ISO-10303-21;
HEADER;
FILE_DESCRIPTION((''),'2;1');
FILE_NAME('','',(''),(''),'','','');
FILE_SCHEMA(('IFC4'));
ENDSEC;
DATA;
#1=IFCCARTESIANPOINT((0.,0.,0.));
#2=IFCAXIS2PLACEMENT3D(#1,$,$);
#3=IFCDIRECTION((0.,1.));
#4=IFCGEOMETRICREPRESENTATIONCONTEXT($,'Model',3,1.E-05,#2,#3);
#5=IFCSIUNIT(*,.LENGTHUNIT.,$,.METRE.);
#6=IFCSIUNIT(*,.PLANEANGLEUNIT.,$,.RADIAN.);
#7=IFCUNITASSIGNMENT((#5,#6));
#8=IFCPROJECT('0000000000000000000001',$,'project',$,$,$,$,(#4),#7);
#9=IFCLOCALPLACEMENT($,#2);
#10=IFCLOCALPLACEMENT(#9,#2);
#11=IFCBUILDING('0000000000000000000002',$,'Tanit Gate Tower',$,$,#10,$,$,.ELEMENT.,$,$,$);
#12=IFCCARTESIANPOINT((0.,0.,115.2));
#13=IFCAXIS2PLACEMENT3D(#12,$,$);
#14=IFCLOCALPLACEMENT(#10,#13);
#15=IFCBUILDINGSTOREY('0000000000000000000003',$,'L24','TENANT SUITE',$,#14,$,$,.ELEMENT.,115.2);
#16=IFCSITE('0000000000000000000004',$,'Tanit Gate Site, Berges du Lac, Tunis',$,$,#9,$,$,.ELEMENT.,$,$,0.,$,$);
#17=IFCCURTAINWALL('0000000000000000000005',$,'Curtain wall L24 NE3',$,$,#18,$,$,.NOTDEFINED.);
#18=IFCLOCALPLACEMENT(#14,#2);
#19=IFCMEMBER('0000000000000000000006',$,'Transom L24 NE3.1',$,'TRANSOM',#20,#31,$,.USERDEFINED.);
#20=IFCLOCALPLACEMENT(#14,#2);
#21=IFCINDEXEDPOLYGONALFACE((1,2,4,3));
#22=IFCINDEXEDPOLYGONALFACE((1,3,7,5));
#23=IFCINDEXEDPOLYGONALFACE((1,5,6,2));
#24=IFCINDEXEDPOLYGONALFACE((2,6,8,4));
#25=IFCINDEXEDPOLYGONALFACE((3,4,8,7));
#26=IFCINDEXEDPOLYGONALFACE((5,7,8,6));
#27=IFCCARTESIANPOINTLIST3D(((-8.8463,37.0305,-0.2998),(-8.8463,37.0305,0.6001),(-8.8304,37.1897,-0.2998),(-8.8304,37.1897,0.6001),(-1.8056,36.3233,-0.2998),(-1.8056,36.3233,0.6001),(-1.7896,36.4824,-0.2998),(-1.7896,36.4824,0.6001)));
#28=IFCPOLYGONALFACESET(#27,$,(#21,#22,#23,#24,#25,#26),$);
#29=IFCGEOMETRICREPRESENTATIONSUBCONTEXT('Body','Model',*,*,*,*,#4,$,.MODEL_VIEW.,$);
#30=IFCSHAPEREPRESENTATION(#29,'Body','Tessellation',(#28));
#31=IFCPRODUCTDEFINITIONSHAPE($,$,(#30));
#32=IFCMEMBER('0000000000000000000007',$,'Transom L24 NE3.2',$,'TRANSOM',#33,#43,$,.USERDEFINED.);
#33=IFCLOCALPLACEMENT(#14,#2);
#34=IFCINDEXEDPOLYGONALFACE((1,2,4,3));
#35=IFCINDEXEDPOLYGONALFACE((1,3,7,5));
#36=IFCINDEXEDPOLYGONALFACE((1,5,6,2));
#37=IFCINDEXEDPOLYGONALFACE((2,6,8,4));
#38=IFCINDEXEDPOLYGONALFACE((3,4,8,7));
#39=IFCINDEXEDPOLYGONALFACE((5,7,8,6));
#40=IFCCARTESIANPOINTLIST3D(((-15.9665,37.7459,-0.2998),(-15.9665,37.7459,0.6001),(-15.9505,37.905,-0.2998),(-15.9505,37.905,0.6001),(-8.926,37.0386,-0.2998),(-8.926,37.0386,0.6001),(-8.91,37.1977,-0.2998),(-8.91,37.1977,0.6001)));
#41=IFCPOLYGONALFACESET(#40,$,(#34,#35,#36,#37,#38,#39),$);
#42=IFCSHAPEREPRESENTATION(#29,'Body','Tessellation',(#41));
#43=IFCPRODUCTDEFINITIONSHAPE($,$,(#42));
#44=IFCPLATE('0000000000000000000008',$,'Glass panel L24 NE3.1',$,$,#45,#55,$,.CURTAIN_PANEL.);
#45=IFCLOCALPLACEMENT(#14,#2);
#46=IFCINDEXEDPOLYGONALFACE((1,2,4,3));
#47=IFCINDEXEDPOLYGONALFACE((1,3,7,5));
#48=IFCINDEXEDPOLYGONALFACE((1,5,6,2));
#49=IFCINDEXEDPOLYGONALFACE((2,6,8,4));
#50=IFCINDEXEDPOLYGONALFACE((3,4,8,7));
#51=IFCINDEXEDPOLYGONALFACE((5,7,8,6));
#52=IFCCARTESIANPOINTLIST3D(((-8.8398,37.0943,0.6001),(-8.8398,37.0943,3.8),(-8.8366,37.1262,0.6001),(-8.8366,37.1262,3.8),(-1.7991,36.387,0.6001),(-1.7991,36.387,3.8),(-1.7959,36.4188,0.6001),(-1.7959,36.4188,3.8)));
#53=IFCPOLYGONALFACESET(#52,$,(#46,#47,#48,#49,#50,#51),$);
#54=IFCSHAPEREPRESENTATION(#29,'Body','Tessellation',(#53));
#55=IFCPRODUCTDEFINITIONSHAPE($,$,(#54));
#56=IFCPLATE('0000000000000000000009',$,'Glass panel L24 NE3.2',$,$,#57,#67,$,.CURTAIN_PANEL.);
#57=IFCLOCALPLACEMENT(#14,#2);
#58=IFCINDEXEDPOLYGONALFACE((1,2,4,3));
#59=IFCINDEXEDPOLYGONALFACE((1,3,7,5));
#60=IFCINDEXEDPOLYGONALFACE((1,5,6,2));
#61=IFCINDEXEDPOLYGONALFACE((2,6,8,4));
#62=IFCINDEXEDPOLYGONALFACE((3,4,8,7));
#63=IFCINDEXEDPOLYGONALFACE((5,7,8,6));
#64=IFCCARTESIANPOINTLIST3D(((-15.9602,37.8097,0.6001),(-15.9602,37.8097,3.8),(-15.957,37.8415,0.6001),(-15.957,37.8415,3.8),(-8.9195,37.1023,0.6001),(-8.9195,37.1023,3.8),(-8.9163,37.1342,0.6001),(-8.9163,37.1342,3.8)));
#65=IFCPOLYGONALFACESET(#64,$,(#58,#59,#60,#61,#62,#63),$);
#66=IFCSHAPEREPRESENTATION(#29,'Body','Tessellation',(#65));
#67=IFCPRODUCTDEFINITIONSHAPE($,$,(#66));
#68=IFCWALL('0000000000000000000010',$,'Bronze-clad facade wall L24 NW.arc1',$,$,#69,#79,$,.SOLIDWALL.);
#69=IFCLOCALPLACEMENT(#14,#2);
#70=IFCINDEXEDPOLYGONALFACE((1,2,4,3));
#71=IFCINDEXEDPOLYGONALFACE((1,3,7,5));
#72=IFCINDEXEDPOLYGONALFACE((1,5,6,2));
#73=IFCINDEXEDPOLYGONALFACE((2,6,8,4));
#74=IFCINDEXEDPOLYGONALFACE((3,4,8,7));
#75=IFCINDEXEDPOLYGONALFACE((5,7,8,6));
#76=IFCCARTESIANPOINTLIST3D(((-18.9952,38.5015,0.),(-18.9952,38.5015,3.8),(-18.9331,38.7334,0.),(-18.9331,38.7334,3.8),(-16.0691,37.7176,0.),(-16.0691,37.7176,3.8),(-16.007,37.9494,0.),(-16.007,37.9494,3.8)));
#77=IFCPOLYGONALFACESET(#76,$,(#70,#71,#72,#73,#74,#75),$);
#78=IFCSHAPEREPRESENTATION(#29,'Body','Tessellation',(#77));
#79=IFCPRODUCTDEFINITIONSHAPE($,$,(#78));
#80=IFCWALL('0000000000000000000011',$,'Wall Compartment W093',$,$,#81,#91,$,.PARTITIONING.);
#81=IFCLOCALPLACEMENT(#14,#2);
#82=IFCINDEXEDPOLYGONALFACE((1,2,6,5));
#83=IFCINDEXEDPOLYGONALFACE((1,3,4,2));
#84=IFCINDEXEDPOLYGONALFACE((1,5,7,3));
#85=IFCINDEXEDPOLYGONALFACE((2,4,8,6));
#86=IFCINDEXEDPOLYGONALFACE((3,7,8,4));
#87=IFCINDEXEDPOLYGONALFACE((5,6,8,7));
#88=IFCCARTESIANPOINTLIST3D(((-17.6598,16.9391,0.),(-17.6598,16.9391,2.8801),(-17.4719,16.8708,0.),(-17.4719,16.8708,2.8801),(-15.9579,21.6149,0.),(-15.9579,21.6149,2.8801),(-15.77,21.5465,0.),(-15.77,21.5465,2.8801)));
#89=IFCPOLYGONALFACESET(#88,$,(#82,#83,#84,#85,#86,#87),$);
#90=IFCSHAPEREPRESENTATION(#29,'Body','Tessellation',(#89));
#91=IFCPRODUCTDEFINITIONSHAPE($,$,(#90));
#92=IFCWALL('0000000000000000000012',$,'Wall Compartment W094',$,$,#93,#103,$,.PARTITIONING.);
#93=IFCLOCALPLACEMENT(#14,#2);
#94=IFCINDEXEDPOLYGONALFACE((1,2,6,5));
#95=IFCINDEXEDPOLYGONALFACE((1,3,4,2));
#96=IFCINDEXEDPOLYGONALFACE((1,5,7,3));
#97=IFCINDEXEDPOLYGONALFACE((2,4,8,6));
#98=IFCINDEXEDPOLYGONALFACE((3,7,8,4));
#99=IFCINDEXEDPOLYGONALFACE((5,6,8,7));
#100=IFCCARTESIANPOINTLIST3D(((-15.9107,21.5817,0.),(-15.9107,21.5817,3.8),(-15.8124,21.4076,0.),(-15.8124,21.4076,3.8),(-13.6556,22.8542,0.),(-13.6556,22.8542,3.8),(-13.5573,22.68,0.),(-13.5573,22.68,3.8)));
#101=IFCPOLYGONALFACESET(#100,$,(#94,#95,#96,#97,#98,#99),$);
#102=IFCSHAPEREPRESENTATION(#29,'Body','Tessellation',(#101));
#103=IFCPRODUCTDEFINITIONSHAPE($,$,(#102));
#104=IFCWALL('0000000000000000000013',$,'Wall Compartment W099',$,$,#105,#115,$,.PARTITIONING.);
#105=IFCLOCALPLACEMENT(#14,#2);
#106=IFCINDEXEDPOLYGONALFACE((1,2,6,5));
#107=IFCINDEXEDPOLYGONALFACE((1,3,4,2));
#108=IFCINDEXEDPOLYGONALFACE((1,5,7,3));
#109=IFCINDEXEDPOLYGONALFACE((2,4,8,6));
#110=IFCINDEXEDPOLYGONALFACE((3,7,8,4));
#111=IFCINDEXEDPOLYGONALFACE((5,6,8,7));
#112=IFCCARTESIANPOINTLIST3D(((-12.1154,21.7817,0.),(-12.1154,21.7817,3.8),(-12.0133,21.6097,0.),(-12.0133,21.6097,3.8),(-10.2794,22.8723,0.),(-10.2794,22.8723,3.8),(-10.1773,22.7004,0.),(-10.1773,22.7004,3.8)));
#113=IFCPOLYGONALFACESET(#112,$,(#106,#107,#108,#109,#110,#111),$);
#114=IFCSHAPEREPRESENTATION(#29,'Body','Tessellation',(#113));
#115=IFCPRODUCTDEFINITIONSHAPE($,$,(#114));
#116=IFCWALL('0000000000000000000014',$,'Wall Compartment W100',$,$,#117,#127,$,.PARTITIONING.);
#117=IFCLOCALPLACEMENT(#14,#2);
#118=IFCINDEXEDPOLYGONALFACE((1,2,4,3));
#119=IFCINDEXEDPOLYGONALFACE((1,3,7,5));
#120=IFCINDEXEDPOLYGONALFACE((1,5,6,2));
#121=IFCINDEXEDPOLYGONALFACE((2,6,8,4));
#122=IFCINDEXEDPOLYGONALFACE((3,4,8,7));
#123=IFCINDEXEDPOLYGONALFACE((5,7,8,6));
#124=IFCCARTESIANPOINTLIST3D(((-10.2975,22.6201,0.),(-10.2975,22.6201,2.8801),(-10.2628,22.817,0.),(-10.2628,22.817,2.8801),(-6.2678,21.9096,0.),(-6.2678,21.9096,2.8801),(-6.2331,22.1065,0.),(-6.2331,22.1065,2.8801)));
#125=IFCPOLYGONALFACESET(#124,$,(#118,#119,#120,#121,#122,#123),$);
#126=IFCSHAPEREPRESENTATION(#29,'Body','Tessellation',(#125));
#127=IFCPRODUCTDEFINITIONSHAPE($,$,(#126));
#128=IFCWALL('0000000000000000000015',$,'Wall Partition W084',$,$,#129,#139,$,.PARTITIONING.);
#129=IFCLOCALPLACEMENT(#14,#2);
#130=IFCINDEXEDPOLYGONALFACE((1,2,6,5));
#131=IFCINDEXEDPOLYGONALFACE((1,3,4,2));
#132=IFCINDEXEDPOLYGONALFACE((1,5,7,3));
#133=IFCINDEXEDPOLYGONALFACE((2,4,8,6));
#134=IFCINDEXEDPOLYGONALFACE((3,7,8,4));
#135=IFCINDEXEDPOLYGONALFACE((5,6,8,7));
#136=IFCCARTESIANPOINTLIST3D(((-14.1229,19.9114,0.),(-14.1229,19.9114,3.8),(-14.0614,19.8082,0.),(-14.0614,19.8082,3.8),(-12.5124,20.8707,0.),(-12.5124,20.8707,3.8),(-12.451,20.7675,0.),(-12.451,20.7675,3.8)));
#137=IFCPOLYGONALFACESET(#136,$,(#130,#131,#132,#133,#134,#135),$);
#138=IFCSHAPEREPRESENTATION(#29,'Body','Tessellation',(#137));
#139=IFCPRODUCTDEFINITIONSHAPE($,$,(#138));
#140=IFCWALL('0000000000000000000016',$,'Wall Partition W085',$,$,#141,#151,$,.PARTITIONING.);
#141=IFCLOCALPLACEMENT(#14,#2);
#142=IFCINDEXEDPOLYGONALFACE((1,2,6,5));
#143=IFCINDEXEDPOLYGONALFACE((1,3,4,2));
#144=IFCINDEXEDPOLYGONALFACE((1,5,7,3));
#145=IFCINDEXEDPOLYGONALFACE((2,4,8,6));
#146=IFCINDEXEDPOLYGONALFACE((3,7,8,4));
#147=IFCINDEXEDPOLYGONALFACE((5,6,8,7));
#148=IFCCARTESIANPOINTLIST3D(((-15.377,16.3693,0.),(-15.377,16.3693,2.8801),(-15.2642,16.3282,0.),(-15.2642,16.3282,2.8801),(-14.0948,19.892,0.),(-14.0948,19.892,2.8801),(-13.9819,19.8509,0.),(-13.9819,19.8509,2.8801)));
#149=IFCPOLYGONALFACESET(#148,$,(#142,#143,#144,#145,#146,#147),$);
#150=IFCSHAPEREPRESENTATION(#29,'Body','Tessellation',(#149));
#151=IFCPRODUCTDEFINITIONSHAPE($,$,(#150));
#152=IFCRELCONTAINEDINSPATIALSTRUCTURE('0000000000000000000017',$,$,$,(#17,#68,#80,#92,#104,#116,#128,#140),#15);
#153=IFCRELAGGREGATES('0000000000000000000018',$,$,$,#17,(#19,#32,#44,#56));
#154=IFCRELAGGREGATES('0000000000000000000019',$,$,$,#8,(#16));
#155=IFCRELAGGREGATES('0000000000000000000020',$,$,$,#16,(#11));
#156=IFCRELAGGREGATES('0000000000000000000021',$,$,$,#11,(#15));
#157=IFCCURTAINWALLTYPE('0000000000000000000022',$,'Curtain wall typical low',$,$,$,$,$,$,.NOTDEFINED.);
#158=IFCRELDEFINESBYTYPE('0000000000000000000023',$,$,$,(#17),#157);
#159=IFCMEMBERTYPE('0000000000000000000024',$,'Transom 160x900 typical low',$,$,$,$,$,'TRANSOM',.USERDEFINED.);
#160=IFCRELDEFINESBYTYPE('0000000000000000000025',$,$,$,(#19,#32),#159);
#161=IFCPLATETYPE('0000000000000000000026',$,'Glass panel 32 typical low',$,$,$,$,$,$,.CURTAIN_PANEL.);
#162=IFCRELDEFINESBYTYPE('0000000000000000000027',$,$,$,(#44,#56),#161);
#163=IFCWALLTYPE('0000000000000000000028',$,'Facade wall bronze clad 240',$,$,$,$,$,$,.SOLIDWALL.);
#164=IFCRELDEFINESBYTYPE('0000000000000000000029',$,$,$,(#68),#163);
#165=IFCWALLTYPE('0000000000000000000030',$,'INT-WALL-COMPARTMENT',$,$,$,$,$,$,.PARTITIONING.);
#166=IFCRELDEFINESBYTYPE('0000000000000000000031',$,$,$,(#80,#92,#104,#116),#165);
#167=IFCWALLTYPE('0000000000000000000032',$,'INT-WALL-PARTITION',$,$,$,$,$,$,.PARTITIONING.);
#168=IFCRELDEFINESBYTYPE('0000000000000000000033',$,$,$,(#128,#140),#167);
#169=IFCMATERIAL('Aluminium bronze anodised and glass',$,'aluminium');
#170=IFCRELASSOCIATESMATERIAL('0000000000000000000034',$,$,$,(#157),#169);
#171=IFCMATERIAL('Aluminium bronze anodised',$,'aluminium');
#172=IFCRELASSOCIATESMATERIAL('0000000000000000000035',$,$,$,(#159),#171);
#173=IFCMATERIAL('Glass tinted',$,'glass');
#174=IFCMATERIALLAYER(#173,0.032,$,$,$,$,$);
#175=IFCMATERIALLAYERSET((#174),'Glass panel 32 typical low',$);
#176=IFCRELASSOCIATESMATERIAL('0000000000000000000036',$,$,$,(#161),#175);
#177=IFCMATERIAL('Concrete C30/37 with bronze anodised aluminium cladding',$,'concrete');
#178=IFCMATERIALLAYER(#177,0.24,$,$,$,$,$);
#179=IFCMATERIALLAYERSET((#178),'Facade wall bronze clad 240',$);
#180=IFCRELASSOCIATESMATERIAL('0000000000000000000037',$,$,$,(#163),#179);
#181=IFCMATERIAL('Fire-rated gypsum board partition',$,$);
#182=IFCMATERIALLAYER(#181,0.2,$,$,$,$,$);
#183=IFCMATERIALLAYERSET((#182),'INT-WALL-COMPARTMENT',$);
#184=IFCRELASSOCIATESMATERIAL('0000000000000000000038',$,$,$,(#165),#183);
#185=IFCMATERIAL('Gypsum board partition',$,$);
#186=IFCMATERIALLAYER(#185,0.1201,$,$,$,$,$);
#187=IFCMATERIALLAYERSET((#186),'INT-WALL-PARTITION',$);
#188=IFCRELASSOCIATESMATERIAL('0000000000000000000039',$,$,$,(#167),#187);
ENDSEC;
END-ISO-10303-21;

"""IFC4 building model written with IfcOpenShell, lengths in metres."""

from ifc_helpers import new_model, si_unit, direction, frame, frame_2d, origin, origin_2d, place, context, subcontext, project, spatial, rectangle, extrude, material, layer, layer_set, material_profile, profile_set, type_object, element, aggregate, save


model = new_model("IFC4")

# Units and contexts
model_context = context("Model", 3, precision=1e-05, world=origin(), true_north=direction((0.0, 1.0)))
body_context = subcontext(model_context, "Body", "Model", "MODEL_VIEW")
ifc_project = project(units=[si_unit("LENGTHUNIT", "METRE"), si_unit("PLANEANGLEUNIT", "RADIAN")], contexts=[model_context])

# Site, building, storey
site_placement = place(None, origin())
site = spatial("IfcSite", under=ifc_project, at=site_placement, Name="Tanit Gate Site, Berges du Lac, Tunis", CompositionType="ELEMENT", RefElevation=0.0)
building_placement = place(site_placement, origin())
building = spatial("IfcBuilding", under=site, at=building_placement, Name="Tanit Gate Tower", CompositionType="ELEMENT")
storey_placement = place(building_placement, frame((0.0, 0.0, 115.2)))
storey = spatial("IfcBuildingStorey", under=building, at=storey_placement, Name="L24", Description="TENANT SUITE", CompositionType="ELEMENT", Elevation=115.2)

# Curtain wall
ifc_material_1 = material(Name="Aluminium bronze anodised and glass", Category="aluminium")
curtain_wall_type = type_object("IfcCurtainWallType", Name="Curtain wall typical low", PredefinedType="NOTDEFINED", material=ifc_material_1)
curtain_wall_1_placement = place(storey_placement, origin())
curtain_wall_1 = element("IfcCurtainWall", 1, at=curtain_wall_1_placement, inside=storey, type_object=curtain_wall_type, Name="Curtain wall L24 NE3", PredefinedType="NOTDEFINED")

# Members
ifc_material_2 = material(Name="Aluminium bronze anodised", Category="aluminium")
ifc_material_profile_1 = material_profile(ifc_material_2, rectangle(XDim=0.1599, YDim=0.8999, at=origin_2d()), Name="160x900 bronze transom")
ifc_profile_set_1 = profile_set([ifc_material_profile_1], Name="Aluminium bronze anodised")
member_type_1 = type_object("IfcMemberType", Name="Transom 160x900 typical low", ElementType="TRANSOM", PredefinedType="USERDEFINED", material=ifc_profile_set_1)
member_1_placement = place(storey_placement, frame((-1.7976, 36.4028, 0.1501), z_axis=(-0.994992, 0.099951, 0.0), x_axis=(-0.099951, -0.994992, 0.0)))
member_1 = element("IfcMember", 2, at=member_1_placement, type_object=member_type_1, Name="Transom L24 NE3.1", ObjectType="TRANSOM", PredefinedType="USERDEFINED", context=body_context, shape_type="SweptSolid", body=[
    extrude(rectangle(XDim=0.1599, YDim=0.8999, at=origin_2d()), origin(), (0.0, 0.0, 1.0), 7.0762),
])
member_2_placement = place(storey_placement, frame((-8.918, 37.1182, 0.1501), z_axis=(-0.994992, 0.099955, 0.0), x_axis=(-0.099955, -0.994992, 0.0)))
member_2 = element("IfcMember", 3, at=member_2_placement, type_object=member_type_1, Name="Transom L24 NE3.2", ObjectType="TRANSOM", PredefinedType="USERDEFINED", context=body_context, shape_type="SweptSolid", body=[
    extrude(rectangle(XDim=0.1599, YDim=0.8999, at=origin_2d()), origin(), (0.0, 0.0, 1.0), 7.0759),
])

# Plates
ifc_material_3 = material(Name="Glass tinted", Category="glass")
ifc_layer_1 = layer(ifc_material_3, 0.032)
ifc_layer_set_1 = layer_set([ifc_layer_1], Name="Glass panel 32 typical low")
plate_type = type_object("IfcPlateType", Name="Glass panel 32 typical low", PredefinedType="CURTAIN_PANEL", material=ifc_layer_set_1)
plate_1_placement = place(storey_placement, frame((-5.3179, 36.7566, 0.6001), z_axis=(0.0, 0.0, 1.0), x_axis=(-0.994992, 0.099959, 0.0)))
plate_1 = element("IfcPlate", 4, at=plate_1_placement, type_object=plate_type, Name="Glass panel L24 NE3.1", PredefinedType="CURTAIN_PANEL", context=body_context, shape_type="SweptSolid", body=[
    extrude(rectangle(XDim=7.0762, YDim=0.032, at=origin_2d()), origin(), (0.0, 0.0, 1.0), 3.2),
])
plate_2_placement = place(storey_placement, frame((-12.4382, 37.4719, 0.6001), z_axis=(0.0, 0.0, 1.0), x_axis=(-0.994992, 0.099959, 0.0)))
plate_2 = element("IfcPlate", 5, at=plate_2_placement, type_object=plate_type, Name="Glass panel L24 NE3.2", PredefinedType="CURTAIN_PANEL", context=body_context, shape_type="SweptSolid", body=[
    extrude(rectangle(XDim=7.0762, YDim=0.032, at=origin_2d()), origin(), (0.0, 0.0, 1.0), 3.2),
])
aggregate(curtain_wall_1, [member_1, member_2, plate_1, plate_2])

# Walls
ifc_material_4 = material(Name="Concrete C30/37 with bronze anodised aluminium cladding", Category="concrete")
ifc_layer_2 = layer(ifc_material_4, 0.24)
ifc_layer_set_2 = layer_set([ifc_layer_2], Name="Facade wall bronze clad 240")
wall_type_1 = type_object("IfcWallType", Name="Facade wall bronze clad 240", PredefinedType="SOLIDWALL", material=ifc_layer_set_2)
wall_1_placement = place(storey_placement, frame((-16.0381, 37.8335, 0.0), z_axis=(0.0, 0.0, 1.0), x_axis=(-0.965933, 0.258791, 0.0)))
element("IfcWall", 6, at=wall_1_placement, inside=storey, type_object=wall_type_1, Name="Bronze-clad facade wall L24 NW.arc1", PredefinedType="SOLIDWALL", context=body_context, shape_type="SweptSolid", body=[
    extrude(rectangle(XDim=3.0293, YDim=0.24, at=frame_2d((1.5146, 0.0))), origin(), (0.0, 0.0, 1.0), 3.8),
])
ifc_material_5 = material(Name="Fire-rated gypsum board partition")
ifc_layer_3 = layer(ifc_material_5, 0.2)
ifc_layer_set_3 = layer_set([ifc_layer_3], Name="INT-WALL-COMPARTMENT")
wall_type_2 = type_object("IfcWallType", Name="INT-WALL-COMPARTMENT", PredefinedType="PARTITIONING", material=ifc_layer_set_3)
wall_2_placement = place(storey_placement, frame((-15.864, 21.5806, 0.0), z_axis=(0.0, 0.0, 1.0), x_axis=(-0.342031, -0.939689, 0.0)))
element("IfcWall", 7, at=wall_2_placement, inside=storey, type_object=wall_type_2, Name="Wall Compartment W093", PredefinedType="PARTITIONING", context=body_context, shape_type="SweptSolid", body=[
    extrude(rectangle(XDim=4.9758, YDim=0.2, at=frame_2d((2.4878, 0.0))), origin(), (0.0, 0.0, 1.0), 2.8801),
])
wall_3_placement = place(storey_placement, frame((-13.6064, 22.7671, 0.0), z_axis=(0.0, 0.0, 1.0), x_axis=(-0.870923, -0.49142, 0.0)))
element("IfcWall", 8, at=wall_3_placement, inside=storey, type_object=wall_type_2, Name="Wall Compartment W094", PredefinedType="PARTITIONING", context=body_context, shape_type="SweptSolid", body=[
    extrude(rectangle(XDim=2.5894, YDim=0.2, at=frame_2d((1.2947, 0.0))), origin(), (0.0, 0.0, 1.0), 3.8),
])
wall_4_placement = place(storey_placement, frame((-10.2283, 22.7864, 0.0), z_axis=(0.0, 0.0, 1.0), x_axis=(-0.859754, -0.510708, 0.0)))
element("IfcWall", 9, at=wall_4_placement, inside=storey, type_object=wall_type_2, Name="Wall Compartment W099", PredefinedType="PARTITIONING", context=body_context, shape_type="SweptSolid", body=[
    extrude(rectangle(XDim=2.1355, YDim=0.2, at=frame_2d((1.0679, 0.0))), origin(), (0.0, 0.0, 1.0), 3.8),
])
wall_5_placement = place(storey_placement, frame((-6.2505, 22.0081, 0.0), z_axis=(0.0, 0.0, 1.0), x_axis=(-0.984811, 0.173632, 0.0)))
element("IfcWall", 10, at=wall_5_placement, inside=storey, type_object=wall_type_2, Name="Wall Compartment W100", PredefinedType="PARTITIONING", context=body_context, shape_type="SweptSolid", body=[
    extrude(rectangle(XDim=4.0918, YDim=0.2, at=frame_2d((2.0459, 0.0))), origin(), (0.0, 0.0, 1.0), 2.8801),
])
ifc_material_6 = material(Name="Gypsum board partition")
ifc_layer_4 = layer(ifc_material_6, 0.1201)
ifc_layer_set_4 = layer_set([ifc_layer_4], Name="INT-WALL-PARTITION")
wall_type_3 = type_object("IfcWallType", Name="INT-WALL-PARTITION", PredefinedType="PARTITIONING", material=ifc_layer_set_4)
wall_6_placement = place(storey_placement, frame((-12.4817, 20.8191, 0.0), z_axis=(0.0, 0.0, 1.0), x_axis=(-0.859132, -0.511754, 0.0)))
element("IfcWall", 11, at=wall_6_placement, inside=storey, type_object=wall_type_3, Name="Wall Partition W084", PredefinedType="PARTITIONING", context=body_context, shape_type="SweptSolid", body=[
    extrude(rectangle(XDim=1.8745, YDim=0.1201, at=frame_2d((0.9373, 0.0))), origin(), (0.0, 0.0, 1.0), 3.8),
])
wall_7_placement = place(storey_placement, frame((-14.0383, 19.8716, 0.0), z_axis=(0.0, 0.0, 1.0), x_axis=(-0.342036, -0.939687, 0.0)))
element("IfcWall", 12, at=wall_7_placement, inside=storey, type_object=wall_type_3, Name="Wall Partition W085", PredefinedType="PARTITIONING", context=body_context, shape_type="SweptSolid", body=[
    extrude(rectangle(XDim=3.7488, YDim=0.1201, at=frame_2d((1.8745, 0.0))), origin(), (0.0, 0.0, 1.0), 2.8801),
])

save(model, "model.ifc")
